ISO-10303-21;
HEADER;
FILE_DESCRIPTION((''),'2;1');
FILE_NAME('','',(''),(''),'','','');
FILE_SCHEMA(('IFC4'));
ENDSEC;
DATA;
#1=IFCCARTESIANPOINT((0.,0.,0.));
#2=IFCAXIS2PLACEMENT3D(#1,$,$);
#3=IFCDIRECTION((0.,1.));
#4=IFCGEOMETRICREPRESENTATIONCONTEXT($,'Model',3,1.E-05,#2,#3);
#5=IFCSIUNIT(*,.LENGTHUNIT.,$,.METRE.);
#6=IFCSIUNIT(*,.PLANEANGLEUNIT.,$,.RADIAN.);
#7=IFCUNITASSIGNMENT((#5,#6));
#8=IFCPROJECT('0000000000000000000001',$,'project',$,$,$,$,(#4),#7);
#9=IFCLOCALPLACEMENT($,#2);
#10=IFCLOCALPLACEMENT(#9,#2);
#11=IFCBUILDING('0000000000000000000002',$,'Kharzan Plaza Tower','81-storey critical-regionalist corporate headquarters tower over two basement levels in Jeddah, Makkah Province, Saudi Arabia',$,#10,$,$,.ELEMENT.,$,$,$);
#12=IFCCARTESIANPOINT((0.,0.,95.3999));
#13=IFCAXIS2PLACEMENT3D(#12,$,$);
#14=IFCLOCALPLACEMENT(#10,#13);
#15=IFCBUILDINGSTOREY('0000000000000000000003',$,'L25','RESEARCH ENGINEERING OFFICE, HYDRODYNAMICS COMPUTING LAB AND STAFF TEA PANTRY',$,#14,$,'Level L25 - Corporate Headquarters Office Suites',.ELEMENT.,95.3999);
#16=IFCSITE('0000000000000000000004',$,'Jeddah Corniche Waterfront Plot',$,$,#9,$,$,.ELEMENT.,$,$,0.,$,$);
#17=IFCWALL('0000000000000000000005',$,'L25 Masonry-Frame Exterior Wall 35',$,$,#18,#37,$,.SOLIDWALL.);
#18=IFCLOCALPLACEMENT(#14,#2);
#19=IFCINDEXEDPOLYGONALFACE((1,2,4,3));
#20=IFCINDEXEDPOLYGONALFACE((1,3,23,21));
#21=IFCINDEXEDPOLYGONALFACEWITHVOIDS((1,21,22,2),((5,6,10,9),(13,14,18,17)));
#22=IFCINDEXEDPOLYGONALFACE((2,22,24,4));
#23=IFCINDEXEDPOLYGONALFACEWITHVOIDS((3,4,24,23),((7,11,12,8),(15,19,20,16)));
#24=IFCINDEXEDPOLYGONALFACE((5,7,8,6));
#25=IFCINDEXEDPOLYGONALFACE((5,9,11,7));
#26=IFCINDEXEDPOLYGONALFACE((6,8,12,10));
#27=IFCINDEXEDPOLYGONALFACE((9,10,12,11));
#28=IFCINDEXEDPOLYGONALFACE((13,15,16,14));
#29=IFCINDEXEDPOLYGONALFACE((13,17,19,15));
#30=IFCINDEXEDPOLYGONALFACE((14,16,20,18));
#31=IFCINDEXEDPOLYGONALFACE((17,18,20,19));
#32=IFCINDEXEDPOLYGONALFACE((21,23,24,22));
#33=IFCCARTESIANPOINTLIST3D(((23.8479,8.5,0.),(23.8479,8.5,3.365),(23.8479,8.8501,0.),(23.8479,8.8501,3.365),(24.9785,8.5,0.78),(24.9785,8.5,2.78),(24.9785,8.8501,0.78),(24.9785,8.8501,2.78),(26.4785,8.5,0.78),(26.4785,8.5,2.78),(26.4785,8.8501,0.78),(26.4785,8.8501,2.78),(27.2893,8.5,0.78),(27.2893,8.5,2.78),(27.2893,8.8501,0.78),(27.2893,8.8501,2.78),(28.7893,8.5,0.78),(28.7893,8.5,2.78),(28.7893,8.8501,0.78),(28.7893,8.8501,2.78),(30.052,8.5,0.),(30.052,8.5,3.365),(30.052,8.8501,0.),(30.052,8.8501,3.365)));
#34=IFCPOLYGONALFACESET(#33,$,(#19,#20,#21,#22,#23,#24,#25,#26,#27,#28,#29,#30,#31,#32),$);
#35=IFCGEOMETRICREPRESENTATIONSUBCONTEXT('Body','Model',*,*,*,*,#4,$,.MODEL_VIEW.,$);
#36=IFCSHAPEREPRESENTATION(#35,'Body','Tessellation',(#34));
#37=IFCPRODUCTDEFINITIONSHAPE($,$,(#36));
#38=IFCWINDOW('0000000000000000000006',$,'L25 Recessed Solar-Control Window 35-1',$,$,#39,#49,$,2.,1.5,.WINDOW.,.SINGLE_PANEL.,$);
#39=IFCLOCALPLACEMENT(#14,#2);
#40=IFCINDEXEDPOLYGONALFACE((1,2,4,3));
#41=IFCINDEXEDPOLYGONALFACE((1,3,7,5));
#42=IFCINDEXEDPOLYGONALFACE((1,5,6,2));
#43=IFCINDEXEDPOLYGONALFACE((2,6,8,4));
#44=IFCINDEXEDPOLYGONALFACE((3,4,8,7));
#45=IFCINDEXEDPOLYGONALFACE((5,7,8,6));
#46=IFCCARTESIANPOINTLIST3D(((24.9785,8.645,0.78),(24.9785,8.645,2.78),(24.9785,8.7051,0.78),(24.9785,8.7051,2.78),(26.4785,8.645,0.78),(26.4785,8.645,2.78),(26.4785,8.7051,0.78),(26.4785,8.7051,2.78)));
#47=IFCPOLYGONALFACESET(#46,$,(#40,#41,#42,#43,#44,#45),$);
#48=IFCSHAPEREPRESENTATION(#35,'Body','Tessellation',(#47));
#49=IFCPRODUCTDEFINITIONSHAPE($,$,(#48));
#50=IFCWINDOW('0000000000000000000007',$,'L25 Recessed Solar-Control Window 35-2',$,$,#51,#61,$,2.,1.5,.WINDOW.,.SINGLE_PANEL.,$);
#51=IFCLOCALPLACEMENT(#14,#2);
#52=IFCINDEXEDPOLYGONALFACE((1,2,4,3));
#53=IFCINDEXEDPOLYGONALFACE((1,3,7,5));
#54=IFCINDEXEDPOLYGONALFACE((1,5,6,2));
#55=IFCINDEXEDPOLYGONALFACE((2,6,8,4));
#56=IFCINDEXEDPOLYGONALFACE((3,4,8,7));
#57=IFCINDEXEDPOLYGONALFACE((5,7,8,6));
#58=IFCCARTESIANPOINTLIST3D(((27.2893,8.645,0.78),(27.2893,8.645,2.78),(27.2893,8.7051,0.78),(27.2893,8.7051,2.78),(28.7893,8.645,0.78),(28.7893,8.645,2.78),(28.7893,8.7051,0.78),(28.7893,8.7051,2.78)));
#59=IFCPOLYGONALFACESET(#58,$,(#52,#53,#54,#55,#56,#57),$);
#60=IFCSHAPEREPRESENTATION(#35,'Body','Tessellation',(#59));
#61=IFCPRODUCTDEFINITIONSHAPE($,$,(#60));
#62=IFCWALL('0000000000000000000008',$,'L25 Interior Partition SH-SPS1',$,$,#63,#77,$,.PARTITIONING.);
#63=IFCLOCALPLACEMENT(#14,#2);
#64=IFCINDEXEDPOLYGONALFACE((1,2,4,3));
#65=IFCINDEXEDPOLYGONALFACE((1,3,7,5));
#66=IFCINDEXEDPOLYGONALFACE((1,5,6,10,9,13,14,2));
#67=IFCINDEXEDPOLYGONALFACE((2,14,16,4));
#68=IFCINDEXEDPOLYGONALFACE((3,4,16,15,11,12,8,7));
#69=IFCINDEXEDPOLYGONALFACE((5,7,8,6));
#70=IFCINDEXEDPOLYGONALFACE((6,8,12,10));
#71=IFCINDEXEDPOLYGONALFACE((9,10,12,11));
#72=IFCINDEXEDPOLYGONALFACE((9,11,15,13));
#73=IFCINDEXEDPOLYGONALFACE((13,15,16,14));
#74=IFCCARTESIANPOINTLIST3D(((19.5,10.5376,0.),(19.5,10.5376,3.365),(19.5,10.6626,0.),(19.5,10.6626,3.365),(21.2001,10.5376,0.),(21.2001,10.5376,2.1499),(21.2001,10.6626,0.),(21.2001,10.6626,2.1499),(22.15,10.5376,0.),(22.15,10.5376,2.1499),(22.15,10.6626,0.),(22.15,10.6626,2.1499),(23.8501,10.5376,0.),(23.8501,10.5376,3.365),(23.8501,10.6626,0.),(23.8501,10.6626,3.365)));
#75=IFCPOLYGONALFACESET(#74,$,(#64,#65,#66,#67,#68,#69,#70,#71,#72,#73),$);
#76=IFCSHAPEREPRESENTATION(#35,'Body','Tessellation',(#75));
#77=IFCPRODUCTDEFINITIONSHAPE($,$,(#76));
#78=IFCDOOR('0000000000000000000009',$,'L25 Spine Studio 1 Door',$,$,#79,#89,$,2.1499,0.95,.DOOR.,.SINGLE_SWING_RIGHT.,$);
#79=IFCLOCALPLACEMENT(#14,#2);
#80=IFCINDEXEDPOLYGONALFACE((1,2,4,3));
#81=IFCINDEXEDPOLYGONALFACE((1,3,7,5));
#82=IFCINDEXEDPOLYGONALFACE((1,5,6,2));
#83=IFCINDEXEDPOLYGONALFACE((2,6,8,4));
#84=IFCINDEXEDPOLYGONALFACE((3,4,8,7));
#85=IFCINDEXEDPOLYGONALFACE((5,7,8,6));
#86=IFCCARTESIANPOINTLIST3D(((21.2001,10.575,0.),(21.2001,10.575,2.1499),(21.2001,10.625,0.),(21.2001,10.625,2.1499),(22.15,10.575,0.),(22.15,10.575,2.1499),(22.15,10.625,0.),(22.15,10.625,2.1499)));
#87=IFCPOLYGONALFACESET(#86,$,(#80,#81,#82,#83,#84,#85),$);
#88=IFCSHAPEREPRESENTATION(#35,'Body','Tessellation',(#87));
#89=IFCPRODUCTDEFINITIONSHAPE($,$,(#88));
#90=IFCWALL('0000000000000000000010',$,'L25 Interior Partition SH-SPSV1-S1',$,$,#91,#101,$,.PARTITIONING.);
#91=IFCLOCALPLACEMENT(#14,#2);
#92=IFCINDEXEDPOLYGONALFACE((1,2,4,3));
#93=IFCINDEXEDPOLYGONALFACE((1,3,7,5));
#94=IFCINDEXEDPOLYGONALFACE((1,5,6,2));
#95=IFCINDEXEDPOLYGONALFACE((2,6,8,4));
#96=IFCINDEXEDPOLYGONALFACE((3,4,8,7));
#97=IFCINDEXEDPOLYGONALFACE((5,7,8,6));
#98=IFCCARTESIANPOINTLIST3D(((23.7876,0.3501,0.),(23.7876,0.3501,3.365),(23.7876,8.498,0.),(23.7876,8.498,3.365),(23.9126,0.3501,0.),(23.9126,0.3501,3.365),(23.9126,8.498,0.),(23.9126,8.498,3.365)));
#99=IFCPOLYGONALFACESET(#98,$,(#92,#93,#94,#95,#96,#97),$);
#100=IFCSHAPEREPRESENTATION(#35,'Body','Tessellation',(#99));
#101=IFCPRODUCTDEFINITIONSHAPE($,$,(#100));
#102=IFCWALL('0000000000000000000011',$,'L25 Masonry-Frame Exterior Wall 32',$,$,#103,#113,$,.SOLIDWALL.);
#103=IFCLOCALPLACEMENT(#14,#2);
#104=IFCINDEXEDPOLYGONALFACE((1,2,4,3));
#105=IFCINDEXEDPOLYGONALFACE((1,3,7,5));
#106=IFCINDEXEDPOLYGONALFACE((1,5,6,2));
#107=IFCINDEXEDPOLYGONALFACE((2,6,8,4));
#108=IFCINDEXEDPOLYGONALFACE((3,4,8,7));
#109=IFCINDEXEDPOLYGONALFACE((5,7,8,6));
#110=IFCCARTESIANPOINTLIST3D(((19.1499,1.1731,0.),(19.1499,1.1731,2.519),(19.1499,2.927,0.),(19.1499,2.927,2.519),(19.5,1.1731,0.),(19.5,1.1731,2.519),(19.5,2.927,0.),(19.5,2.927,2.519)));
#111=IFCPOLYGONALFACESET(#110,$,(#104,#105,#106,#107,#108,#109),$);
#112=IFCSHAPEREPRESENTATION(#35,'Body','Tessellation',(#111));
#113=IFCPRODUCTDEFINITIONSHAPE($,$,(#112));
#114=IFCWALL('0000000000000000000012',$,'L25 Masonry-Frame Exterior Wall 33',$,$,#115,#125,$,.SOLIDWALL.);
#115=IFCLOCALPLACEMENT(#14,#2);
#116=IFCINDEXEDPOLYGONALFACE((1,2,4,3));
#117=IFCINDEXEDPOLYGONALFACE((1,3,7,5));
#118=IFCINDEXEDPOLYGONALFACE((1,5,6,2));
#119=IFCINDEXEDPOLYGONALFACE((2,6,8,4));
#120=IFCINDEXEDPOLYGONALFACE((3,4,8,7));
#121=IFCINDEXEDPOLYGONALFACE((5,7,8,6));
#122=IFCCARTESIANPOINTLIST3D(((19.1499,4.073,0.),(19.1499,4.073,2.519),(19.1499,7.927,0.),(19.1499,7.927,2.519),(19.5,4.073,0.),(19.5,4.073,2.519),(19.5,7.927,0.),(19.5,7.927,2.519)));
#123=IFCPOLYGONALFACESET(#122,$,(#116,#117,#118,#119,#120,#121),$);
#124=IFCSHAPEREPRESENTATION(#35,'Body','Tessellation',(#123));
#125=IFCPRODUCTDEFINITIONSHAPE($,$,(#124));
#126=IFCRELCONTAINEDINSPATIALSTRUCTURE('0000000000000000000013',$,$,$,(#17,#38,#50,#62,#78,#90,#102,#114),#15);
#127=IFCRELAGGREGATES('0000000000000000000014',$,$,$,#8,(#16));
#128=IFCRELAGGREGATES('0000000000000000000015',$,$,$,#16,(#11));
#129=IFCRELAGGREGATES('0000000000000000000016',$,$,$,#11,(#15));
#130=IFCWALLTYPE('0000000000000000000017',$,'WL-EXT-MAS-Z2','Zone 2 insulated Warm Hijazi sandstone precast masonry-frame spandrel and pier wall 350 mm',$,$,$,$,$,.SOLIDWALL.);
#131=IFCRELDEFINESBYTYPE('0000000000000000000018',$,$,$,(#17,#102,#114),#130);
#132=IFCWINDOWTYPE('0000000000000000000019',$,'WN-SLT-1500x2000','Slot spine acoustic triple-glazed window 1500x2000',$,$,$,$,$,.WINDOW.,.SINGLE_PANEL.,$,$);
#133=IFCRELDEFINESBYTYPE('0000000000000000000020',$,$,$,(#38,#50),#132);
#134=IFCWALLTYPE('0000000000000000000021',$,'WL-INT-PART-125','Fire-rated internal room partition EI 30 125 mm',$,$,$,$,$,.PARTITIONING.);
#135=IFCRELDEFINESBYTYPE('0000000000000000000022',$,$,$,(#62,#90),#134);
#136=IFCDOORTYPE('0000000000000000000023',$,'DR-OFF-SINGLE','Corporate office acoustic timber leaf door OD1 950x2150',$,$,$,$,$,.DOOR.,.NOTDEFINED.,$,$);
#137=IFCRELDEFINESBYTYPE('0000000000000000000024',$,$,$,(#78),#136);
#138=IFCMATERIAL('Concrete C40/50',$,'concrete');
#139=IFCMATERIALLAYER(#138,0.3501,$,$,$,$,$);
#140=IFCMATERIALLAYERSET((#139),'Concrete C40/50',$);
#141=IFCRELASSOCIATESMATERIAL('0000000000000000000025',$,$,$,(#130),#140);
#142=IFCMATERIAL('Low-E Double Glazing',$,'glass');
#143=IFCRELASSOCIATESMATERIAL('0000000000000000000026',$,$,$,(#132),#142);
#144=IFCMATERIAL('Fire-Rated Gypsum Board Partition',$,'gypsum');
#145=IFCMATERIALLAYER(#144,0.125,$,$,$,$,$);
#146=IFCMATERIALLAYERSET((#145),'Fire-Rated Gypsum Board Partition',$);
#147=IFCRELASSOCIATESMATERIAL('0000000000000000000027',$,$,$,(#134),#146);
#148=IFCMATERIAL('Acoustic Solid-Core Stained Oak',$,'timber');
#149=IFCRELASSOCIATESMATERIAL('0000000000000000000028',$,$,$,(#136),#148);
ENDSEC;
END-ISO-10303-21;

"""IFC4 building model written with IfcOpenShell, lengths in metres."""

from ifc_helpers import new_model, si_unit, direction, frame, frame_2d, origin, place, context, subcontext, project, spatial, rectangle, extrude, source, transform, mapped, material, layer, layer_set, type_object, element, fill, save


model = new_model("IFC4")

# Units and contexts
model_context = context("Model", 3, precision=1e-05, world=origin(), true_north=direction((0.0, 1.0)))
body_context = subcontext(model_context, "Body", "Model", "MODEL_VIEW")
ifc_project = project(units=[si_unit("LENGTHUNIT", "METRE"), si_unit("PLANEANGLEUNIT", "RADIAN")], contexts=[model_context])

# Site, building, storey
site_placement = place(None, origin())
site = spatial("IfcSite", under=ifc_project, at=site_placement, Name="Jeddah Corniche Waterfront Plot", CompositionType="ELEMENT", RefElevation=0.0)
building_placement = place(site_placement, origin())
building = spatial("IfcBuilding", under=site, at=building_placement, Name="Kharzan Plaza Tower", Description="81-storey critical-regionalist corporate headquarters tower over two basement levels in Jeddah, Makkah Province, Saudi Arabia", CompositionType="ELEMENT")
storey_placement = place(building_placement, frame((0.0, 0.0, 95.3999)))
storey = spatial("IfcBuildingStorey", under=building, at=storey_placement, Name="L25", Description="RESEARCH ENGINEERING OFFICE, HYDRODYNAMICS COMPUTING LAB AND STAFF TEA PANTRY", LongName="Level L25 - Corporate Headquarters Office Suites", CompositionType="ELEMENT", Elevation=95.3999)

# Shared definitions
ifc_material_1 = material(Name="Concrete C40/50", Category="concrete")
ifc_layer_1 = layer(ifc_material_1, 0.3501)
ifc_layer_set_1 = layer_set([ifc_layer_1], Name="Concrete C40/50")
wall_type_1 = type_object("IfcWallType", Name="WL-EXT-MAS-Z2", Description="Zone 2 insulated Warm Hijazi sandstone precast masonry-frame spandrel and pier wall 350 mm", PredefinedType="SOLIDWALL", material=ifc_layer_set_1)
ifc_material_2 = material(Name="Low-E Double Glazing", Category="glass")
window_type = type_object("IfcWindowType", Name="WN-SLT-1500x2000", Description="Slot spine acoustic triple-glazed window 1500x2000", PartitioningType="SINGLE_PANEL", PredefinedType="WINDOW", material=ifc_material_2)
shared_shape_1 = source(origin(), body_context, "Body", "SweptSolid", [
    extrude(rectangle(XDim=1.5, YDim=2.0, at=frame_2d((0.75, 1.0))), frame((0.0, 0.03, 0.0), z_axis=(0.0, -1.0, 0.0), x_axis=(1.0, 0.0, 0.0)), (0.0, 0.0, 1.0), 0.0601),
])

# Wall, openings, windows
wall_1_placement = place(storey_placement, frame((23.8479, 8.675, 0.0), z_axis=(0.0, 0.0, 1.0), x_axis=(1.0, 0.0, 0.0)))
wall_1 = element("IfcWall", 1, at=wall_1_placement, inside=storey, type_object=wall_type_1, Name="L25 Masonry-Frame Exterior Wall 35", PredefinedType="SOLIDWALL", context=body_context, shape_type="SweptSolid", body=[
    extrude(rectangle(XDim=6.2041, YDim=0.3501, at=frame_2d((3.1021, 0.0))), origin(), (0.0, 0.0, 1.0), 3.365),
])
opening_1_placement = place(wall_1_placement, frame((1.1306, 0.0, 0.78)))
opening_1 = element("IfcOpeningElement", 2, at=opening_1_placement, cuts=wall_1, PredefinedType="OPENING", context=body_context, shape_type="SweptSolid", body=[
    extrude(rectangle(XDim=1.5, YDim=2.0, at=frame_2d((0.75, 1.0))), frame((0.0, 0.1851, 0.0), z_axis=(0.0, -1.0, 0.0), x_axis=(1.0, 0.0, 0.0)), (0.0, 0.0, 1.0), 0.3701),
])
opening_2_placement = place(wall_1_placement, frame((3.4414, 0.0, 0.78)))
opening_2 = element("IfcOpeningElement", 3, at=opening_2_placement, cuts=wall_1, PredefinedType="OPENING", context=body_context, shape_type="SweptSolid", body=[
    extrude(rectangle(XDim=1.5, YDim=2.0, at=frame_2d((0.75, 1.0))), frame((0.0, 0.1851, 0.0), z_axis=(0.0, -1.0, 0.0), x_axis=(1.0, 0.0, 0.0)), (0.0, 0.0, 1.0), 0.3701),
])
window_1_placement = place(opening_1_placement, origin())
window_1 = element("IfcWindow", 4, at=window_1_placement, inside=storey, type_object=window_type, Name="L25 Recessed Solar-Control Window 35-1", OverallHeight=2.0, OverallWidth=1.5, PartitioningType="SINGLE_PANEL", PredefinedType="WINDOW", context=body_context, shape_type="MappedRepresentation", body=[
    mapped(shared_shape_1, transform((0.0, 0.0, 0.0), x_axis=(1.0, 0.0, 0.0), y_axis=(0.0, 1.0, 0.0), z_axis=(0.0, 0.0, 1.0))),
])
fill(opening_1, window_1)
window_2_placement = place(opening_2_placement, origin())
window_2 = element("IfcWindow", 5, at=window_2_placement, inside=storey, type_object=window_type, Name="L25 Recessed Solar-Control Window 35-2", OverallHeight=2.0, OverallWidth=1.5, PartitioningType="SINGLE_PANEL", PredefinedType="WINDOW", context=body_context, shape_type="MappedRepresentation", body=[
    mapped(shared_shape_1, transform((0.0, 0.0, 0.0), x_axis=(1.0, 0.0, 0.0), y_axis=(0.0, 1.0, 0.0), z_axis=(0.0, 0.0, 1.0))),
])
fill(opening_2, window_2)

# Wall, opening, door
ifc_material_3 = material(Name="Fire-Rated Gypsum Board Partition", Category="gypsum")
ifc_layer_2 = layer(ifc_material_3, 0.125)
ifc_layer_set_2 = layer_set([ifc_layer_2], Name="Fire-Rated Gypsum Board Partition")
wall_type_2 = type_object("IfcWallType", Name="WL-INT-PART-125", Description="Fire-rated internal room partition EI 30 125 mm", PredefinedType="PARTITIONING", material=ifc_layer_set_2)
wall_2_placement = place(storey_placement, frame((19.5, 10.6001, 0.0), z_axis=(0.0, 0.0, 1.0), x_axis=(1.0, 0.0, 0.0)))
wall_2 = element("IfcWall", 6, at=wall_2_placement, inside=storey, type_object=wall_type_2, Name="L25 Interior Partition SH-SPS1", PredefinedType="PARTITIONING", context=body_context, shape_type="SweptSolid", body=[
    extrude(rectangle(XDim=4.3501, YDim=0.125, at=frame_2d((2.175, 0.0))), origin(), (0.0, 0.0, 1.0), 3.365),
])
opening_3_placement = place(wall_2_placement, frame((1.7, 0.0, 0.0)))
opening_3 = element("IfcOpeningElement", 7, at=opening_3_placement, cuts=wall_2, PredefinedType="OPENING", context=body_context, shape_type="SweptSolid", body=[
    extrude(rectangle(XDim=0.95, YDim=2.1499, at=frame_2d((0.4751, 1.075))), frame((0.0, 0.0725, 0.0), z_axis=(0.0, -1.0, 0.0), x_axis=(1.0, 0.0, 0.0)), (0.0, 0.0, 1.0), 0.145),
])
ifc_material_4 = material(Name="Acoustic Solid-Core Stained Oak", Category="timber")
door_type = type_object("IfcDoorType", Name="DR-OFF-SINGLE", Description="Corporate office acoustic timber leaf door OD1 950x2150", OperationType="NOTDEFINED", PredefinedType="DOOR", material=ifc_material_4)
shared_shape_2 = source(origin(), body_context, "Body", "SweptSolid", [
    extrude(rectangle(XDim=0.95, YDim=2.1499, at=frame_2d((0.4751, 1.075))), frame((0.0, 0.0249, 0.0), z_axis=(0.0, -1.0, 0.0), x_axis=(1.0, 0.0, 0.0)), (0.0, 0.0, 1.0), 0.05),
])
door_placement = place(opening_3_placement, origin())
door = element("IfcDoor", 8, at=door_placement, inside=storey, type_object=door_type, Name="L25 Spine Studio 1 Door", OperationType="SINGLE_SWING_RIGHT", OverallHeight=2.1499, OverallWidth=0.95, PredefinedType="DOOR", context=body_context, shape_type="MappedRepresentation", body=[
    mapped(shared_shape_2, transform((0.0, 0.0, 0.0), x_axis=(1.0, 0.0, 0.0), y_axis=(0.0, 1.0, 0.0), z_axis=(0.0, 0.0, 1.0))),
])
fill(opening_3, door)

# Walls
shared_shape_3 = source(origin(), body_context, "Body", "SweptSolid", [
    extrude(rectangle(XDim=8.1479, YDim=0.125, at=frame_2d((4.074, 0.0))), origin(), (0.0, 0.0, 1.0), 3.365),
])
wall_3_placement = place(storey_placement, frame((23.8501, 0.3501, 0.0), z_axis=(0.0, 0.0, 1.0), x_axis=(0.0, 1.0, 0.0)))
element("IfcWall", 9, at=wall_3_placement, inside=storey, type_object=wall_type_2, Name="L25 Interior Partition SH-SPSV1-S1", PredefinedType="PARTITIONING", context=body_context, shape_type="MappedRepresentation", body=[
    mapped(shared_shape_3, transform((0.0, 0.0, 0.0), x_axis=(1.0, 0.0, 0.0), y_axis=(0.0, 1.0, 0.0), z_axis=(0.0, 0.0, 1.0))),
])
shared_shape_4 = source(origin(), body_context, "Body", "SweptSolid", [
    extrude(rectangle(XDim=1.7539, YDim=0.3501, at=frame_2d((0.877, 0.0))), origin(), (0.0, 0.0, 1.0), 2.519),
])
wall_4_placement = place(storey_placement, frame((19.325, 1.1731, 0.0), z_axis=(0.0, 0.0, 1.0), x_axis=(0.0, 1.0, 0.0)))
element("IfcWall", 10, at=wall_4_placement, inside=storey, type_object=wall_type_1, Name="L25 Masonry-Frame Exterior Wall 32", PredefinedType="SOLIDWALL", context=body_context, shape_type="MappedRepresentation", body=[
    mapped(shared_shape_4, transform((0.0, 0.0, 0.0), x_axis=(1.0, 0.0, 0.0), y_axis=(0.0, 1.0, 0.0), z_axis=(0.0, 0.0, 1.0))),
])
shared_shape_5 = source(origin(), body_context, "Body", "SweptSolid", [
    extrude(rectangle(XDim=3.854, YDim=0.3501, at=frame_2d((1.927, 0.0))), origin(), (0.0, 0.0, 1.0), 2.519),
])
wall_5_placement = place(storey_placement, frame((19.325, 4.073, 0.0), z_axis=(0.0, 0.0, 1.0), x_axis=(0.0, 1.0, 0.0)))
element("IfcWall", 11, at=wall_5_placement, inside=storey, type_object=wall_type_1, Name="L25 Masonry-Frame Exterior Wall 33", PredefinedType="SOLIDWALL", context=body_context, shape_type="MappedRepresentation", body=[
    mapped(shared_shape_5, transform((0.0, 0.0, 0.0), x_axis=(1.0, 0.0, 0.0), y_axis=(0.0, 1.0, 0.0), z_axis=(0.0, 0.0, 1.0))),
])

save(model, "model.ifc")
